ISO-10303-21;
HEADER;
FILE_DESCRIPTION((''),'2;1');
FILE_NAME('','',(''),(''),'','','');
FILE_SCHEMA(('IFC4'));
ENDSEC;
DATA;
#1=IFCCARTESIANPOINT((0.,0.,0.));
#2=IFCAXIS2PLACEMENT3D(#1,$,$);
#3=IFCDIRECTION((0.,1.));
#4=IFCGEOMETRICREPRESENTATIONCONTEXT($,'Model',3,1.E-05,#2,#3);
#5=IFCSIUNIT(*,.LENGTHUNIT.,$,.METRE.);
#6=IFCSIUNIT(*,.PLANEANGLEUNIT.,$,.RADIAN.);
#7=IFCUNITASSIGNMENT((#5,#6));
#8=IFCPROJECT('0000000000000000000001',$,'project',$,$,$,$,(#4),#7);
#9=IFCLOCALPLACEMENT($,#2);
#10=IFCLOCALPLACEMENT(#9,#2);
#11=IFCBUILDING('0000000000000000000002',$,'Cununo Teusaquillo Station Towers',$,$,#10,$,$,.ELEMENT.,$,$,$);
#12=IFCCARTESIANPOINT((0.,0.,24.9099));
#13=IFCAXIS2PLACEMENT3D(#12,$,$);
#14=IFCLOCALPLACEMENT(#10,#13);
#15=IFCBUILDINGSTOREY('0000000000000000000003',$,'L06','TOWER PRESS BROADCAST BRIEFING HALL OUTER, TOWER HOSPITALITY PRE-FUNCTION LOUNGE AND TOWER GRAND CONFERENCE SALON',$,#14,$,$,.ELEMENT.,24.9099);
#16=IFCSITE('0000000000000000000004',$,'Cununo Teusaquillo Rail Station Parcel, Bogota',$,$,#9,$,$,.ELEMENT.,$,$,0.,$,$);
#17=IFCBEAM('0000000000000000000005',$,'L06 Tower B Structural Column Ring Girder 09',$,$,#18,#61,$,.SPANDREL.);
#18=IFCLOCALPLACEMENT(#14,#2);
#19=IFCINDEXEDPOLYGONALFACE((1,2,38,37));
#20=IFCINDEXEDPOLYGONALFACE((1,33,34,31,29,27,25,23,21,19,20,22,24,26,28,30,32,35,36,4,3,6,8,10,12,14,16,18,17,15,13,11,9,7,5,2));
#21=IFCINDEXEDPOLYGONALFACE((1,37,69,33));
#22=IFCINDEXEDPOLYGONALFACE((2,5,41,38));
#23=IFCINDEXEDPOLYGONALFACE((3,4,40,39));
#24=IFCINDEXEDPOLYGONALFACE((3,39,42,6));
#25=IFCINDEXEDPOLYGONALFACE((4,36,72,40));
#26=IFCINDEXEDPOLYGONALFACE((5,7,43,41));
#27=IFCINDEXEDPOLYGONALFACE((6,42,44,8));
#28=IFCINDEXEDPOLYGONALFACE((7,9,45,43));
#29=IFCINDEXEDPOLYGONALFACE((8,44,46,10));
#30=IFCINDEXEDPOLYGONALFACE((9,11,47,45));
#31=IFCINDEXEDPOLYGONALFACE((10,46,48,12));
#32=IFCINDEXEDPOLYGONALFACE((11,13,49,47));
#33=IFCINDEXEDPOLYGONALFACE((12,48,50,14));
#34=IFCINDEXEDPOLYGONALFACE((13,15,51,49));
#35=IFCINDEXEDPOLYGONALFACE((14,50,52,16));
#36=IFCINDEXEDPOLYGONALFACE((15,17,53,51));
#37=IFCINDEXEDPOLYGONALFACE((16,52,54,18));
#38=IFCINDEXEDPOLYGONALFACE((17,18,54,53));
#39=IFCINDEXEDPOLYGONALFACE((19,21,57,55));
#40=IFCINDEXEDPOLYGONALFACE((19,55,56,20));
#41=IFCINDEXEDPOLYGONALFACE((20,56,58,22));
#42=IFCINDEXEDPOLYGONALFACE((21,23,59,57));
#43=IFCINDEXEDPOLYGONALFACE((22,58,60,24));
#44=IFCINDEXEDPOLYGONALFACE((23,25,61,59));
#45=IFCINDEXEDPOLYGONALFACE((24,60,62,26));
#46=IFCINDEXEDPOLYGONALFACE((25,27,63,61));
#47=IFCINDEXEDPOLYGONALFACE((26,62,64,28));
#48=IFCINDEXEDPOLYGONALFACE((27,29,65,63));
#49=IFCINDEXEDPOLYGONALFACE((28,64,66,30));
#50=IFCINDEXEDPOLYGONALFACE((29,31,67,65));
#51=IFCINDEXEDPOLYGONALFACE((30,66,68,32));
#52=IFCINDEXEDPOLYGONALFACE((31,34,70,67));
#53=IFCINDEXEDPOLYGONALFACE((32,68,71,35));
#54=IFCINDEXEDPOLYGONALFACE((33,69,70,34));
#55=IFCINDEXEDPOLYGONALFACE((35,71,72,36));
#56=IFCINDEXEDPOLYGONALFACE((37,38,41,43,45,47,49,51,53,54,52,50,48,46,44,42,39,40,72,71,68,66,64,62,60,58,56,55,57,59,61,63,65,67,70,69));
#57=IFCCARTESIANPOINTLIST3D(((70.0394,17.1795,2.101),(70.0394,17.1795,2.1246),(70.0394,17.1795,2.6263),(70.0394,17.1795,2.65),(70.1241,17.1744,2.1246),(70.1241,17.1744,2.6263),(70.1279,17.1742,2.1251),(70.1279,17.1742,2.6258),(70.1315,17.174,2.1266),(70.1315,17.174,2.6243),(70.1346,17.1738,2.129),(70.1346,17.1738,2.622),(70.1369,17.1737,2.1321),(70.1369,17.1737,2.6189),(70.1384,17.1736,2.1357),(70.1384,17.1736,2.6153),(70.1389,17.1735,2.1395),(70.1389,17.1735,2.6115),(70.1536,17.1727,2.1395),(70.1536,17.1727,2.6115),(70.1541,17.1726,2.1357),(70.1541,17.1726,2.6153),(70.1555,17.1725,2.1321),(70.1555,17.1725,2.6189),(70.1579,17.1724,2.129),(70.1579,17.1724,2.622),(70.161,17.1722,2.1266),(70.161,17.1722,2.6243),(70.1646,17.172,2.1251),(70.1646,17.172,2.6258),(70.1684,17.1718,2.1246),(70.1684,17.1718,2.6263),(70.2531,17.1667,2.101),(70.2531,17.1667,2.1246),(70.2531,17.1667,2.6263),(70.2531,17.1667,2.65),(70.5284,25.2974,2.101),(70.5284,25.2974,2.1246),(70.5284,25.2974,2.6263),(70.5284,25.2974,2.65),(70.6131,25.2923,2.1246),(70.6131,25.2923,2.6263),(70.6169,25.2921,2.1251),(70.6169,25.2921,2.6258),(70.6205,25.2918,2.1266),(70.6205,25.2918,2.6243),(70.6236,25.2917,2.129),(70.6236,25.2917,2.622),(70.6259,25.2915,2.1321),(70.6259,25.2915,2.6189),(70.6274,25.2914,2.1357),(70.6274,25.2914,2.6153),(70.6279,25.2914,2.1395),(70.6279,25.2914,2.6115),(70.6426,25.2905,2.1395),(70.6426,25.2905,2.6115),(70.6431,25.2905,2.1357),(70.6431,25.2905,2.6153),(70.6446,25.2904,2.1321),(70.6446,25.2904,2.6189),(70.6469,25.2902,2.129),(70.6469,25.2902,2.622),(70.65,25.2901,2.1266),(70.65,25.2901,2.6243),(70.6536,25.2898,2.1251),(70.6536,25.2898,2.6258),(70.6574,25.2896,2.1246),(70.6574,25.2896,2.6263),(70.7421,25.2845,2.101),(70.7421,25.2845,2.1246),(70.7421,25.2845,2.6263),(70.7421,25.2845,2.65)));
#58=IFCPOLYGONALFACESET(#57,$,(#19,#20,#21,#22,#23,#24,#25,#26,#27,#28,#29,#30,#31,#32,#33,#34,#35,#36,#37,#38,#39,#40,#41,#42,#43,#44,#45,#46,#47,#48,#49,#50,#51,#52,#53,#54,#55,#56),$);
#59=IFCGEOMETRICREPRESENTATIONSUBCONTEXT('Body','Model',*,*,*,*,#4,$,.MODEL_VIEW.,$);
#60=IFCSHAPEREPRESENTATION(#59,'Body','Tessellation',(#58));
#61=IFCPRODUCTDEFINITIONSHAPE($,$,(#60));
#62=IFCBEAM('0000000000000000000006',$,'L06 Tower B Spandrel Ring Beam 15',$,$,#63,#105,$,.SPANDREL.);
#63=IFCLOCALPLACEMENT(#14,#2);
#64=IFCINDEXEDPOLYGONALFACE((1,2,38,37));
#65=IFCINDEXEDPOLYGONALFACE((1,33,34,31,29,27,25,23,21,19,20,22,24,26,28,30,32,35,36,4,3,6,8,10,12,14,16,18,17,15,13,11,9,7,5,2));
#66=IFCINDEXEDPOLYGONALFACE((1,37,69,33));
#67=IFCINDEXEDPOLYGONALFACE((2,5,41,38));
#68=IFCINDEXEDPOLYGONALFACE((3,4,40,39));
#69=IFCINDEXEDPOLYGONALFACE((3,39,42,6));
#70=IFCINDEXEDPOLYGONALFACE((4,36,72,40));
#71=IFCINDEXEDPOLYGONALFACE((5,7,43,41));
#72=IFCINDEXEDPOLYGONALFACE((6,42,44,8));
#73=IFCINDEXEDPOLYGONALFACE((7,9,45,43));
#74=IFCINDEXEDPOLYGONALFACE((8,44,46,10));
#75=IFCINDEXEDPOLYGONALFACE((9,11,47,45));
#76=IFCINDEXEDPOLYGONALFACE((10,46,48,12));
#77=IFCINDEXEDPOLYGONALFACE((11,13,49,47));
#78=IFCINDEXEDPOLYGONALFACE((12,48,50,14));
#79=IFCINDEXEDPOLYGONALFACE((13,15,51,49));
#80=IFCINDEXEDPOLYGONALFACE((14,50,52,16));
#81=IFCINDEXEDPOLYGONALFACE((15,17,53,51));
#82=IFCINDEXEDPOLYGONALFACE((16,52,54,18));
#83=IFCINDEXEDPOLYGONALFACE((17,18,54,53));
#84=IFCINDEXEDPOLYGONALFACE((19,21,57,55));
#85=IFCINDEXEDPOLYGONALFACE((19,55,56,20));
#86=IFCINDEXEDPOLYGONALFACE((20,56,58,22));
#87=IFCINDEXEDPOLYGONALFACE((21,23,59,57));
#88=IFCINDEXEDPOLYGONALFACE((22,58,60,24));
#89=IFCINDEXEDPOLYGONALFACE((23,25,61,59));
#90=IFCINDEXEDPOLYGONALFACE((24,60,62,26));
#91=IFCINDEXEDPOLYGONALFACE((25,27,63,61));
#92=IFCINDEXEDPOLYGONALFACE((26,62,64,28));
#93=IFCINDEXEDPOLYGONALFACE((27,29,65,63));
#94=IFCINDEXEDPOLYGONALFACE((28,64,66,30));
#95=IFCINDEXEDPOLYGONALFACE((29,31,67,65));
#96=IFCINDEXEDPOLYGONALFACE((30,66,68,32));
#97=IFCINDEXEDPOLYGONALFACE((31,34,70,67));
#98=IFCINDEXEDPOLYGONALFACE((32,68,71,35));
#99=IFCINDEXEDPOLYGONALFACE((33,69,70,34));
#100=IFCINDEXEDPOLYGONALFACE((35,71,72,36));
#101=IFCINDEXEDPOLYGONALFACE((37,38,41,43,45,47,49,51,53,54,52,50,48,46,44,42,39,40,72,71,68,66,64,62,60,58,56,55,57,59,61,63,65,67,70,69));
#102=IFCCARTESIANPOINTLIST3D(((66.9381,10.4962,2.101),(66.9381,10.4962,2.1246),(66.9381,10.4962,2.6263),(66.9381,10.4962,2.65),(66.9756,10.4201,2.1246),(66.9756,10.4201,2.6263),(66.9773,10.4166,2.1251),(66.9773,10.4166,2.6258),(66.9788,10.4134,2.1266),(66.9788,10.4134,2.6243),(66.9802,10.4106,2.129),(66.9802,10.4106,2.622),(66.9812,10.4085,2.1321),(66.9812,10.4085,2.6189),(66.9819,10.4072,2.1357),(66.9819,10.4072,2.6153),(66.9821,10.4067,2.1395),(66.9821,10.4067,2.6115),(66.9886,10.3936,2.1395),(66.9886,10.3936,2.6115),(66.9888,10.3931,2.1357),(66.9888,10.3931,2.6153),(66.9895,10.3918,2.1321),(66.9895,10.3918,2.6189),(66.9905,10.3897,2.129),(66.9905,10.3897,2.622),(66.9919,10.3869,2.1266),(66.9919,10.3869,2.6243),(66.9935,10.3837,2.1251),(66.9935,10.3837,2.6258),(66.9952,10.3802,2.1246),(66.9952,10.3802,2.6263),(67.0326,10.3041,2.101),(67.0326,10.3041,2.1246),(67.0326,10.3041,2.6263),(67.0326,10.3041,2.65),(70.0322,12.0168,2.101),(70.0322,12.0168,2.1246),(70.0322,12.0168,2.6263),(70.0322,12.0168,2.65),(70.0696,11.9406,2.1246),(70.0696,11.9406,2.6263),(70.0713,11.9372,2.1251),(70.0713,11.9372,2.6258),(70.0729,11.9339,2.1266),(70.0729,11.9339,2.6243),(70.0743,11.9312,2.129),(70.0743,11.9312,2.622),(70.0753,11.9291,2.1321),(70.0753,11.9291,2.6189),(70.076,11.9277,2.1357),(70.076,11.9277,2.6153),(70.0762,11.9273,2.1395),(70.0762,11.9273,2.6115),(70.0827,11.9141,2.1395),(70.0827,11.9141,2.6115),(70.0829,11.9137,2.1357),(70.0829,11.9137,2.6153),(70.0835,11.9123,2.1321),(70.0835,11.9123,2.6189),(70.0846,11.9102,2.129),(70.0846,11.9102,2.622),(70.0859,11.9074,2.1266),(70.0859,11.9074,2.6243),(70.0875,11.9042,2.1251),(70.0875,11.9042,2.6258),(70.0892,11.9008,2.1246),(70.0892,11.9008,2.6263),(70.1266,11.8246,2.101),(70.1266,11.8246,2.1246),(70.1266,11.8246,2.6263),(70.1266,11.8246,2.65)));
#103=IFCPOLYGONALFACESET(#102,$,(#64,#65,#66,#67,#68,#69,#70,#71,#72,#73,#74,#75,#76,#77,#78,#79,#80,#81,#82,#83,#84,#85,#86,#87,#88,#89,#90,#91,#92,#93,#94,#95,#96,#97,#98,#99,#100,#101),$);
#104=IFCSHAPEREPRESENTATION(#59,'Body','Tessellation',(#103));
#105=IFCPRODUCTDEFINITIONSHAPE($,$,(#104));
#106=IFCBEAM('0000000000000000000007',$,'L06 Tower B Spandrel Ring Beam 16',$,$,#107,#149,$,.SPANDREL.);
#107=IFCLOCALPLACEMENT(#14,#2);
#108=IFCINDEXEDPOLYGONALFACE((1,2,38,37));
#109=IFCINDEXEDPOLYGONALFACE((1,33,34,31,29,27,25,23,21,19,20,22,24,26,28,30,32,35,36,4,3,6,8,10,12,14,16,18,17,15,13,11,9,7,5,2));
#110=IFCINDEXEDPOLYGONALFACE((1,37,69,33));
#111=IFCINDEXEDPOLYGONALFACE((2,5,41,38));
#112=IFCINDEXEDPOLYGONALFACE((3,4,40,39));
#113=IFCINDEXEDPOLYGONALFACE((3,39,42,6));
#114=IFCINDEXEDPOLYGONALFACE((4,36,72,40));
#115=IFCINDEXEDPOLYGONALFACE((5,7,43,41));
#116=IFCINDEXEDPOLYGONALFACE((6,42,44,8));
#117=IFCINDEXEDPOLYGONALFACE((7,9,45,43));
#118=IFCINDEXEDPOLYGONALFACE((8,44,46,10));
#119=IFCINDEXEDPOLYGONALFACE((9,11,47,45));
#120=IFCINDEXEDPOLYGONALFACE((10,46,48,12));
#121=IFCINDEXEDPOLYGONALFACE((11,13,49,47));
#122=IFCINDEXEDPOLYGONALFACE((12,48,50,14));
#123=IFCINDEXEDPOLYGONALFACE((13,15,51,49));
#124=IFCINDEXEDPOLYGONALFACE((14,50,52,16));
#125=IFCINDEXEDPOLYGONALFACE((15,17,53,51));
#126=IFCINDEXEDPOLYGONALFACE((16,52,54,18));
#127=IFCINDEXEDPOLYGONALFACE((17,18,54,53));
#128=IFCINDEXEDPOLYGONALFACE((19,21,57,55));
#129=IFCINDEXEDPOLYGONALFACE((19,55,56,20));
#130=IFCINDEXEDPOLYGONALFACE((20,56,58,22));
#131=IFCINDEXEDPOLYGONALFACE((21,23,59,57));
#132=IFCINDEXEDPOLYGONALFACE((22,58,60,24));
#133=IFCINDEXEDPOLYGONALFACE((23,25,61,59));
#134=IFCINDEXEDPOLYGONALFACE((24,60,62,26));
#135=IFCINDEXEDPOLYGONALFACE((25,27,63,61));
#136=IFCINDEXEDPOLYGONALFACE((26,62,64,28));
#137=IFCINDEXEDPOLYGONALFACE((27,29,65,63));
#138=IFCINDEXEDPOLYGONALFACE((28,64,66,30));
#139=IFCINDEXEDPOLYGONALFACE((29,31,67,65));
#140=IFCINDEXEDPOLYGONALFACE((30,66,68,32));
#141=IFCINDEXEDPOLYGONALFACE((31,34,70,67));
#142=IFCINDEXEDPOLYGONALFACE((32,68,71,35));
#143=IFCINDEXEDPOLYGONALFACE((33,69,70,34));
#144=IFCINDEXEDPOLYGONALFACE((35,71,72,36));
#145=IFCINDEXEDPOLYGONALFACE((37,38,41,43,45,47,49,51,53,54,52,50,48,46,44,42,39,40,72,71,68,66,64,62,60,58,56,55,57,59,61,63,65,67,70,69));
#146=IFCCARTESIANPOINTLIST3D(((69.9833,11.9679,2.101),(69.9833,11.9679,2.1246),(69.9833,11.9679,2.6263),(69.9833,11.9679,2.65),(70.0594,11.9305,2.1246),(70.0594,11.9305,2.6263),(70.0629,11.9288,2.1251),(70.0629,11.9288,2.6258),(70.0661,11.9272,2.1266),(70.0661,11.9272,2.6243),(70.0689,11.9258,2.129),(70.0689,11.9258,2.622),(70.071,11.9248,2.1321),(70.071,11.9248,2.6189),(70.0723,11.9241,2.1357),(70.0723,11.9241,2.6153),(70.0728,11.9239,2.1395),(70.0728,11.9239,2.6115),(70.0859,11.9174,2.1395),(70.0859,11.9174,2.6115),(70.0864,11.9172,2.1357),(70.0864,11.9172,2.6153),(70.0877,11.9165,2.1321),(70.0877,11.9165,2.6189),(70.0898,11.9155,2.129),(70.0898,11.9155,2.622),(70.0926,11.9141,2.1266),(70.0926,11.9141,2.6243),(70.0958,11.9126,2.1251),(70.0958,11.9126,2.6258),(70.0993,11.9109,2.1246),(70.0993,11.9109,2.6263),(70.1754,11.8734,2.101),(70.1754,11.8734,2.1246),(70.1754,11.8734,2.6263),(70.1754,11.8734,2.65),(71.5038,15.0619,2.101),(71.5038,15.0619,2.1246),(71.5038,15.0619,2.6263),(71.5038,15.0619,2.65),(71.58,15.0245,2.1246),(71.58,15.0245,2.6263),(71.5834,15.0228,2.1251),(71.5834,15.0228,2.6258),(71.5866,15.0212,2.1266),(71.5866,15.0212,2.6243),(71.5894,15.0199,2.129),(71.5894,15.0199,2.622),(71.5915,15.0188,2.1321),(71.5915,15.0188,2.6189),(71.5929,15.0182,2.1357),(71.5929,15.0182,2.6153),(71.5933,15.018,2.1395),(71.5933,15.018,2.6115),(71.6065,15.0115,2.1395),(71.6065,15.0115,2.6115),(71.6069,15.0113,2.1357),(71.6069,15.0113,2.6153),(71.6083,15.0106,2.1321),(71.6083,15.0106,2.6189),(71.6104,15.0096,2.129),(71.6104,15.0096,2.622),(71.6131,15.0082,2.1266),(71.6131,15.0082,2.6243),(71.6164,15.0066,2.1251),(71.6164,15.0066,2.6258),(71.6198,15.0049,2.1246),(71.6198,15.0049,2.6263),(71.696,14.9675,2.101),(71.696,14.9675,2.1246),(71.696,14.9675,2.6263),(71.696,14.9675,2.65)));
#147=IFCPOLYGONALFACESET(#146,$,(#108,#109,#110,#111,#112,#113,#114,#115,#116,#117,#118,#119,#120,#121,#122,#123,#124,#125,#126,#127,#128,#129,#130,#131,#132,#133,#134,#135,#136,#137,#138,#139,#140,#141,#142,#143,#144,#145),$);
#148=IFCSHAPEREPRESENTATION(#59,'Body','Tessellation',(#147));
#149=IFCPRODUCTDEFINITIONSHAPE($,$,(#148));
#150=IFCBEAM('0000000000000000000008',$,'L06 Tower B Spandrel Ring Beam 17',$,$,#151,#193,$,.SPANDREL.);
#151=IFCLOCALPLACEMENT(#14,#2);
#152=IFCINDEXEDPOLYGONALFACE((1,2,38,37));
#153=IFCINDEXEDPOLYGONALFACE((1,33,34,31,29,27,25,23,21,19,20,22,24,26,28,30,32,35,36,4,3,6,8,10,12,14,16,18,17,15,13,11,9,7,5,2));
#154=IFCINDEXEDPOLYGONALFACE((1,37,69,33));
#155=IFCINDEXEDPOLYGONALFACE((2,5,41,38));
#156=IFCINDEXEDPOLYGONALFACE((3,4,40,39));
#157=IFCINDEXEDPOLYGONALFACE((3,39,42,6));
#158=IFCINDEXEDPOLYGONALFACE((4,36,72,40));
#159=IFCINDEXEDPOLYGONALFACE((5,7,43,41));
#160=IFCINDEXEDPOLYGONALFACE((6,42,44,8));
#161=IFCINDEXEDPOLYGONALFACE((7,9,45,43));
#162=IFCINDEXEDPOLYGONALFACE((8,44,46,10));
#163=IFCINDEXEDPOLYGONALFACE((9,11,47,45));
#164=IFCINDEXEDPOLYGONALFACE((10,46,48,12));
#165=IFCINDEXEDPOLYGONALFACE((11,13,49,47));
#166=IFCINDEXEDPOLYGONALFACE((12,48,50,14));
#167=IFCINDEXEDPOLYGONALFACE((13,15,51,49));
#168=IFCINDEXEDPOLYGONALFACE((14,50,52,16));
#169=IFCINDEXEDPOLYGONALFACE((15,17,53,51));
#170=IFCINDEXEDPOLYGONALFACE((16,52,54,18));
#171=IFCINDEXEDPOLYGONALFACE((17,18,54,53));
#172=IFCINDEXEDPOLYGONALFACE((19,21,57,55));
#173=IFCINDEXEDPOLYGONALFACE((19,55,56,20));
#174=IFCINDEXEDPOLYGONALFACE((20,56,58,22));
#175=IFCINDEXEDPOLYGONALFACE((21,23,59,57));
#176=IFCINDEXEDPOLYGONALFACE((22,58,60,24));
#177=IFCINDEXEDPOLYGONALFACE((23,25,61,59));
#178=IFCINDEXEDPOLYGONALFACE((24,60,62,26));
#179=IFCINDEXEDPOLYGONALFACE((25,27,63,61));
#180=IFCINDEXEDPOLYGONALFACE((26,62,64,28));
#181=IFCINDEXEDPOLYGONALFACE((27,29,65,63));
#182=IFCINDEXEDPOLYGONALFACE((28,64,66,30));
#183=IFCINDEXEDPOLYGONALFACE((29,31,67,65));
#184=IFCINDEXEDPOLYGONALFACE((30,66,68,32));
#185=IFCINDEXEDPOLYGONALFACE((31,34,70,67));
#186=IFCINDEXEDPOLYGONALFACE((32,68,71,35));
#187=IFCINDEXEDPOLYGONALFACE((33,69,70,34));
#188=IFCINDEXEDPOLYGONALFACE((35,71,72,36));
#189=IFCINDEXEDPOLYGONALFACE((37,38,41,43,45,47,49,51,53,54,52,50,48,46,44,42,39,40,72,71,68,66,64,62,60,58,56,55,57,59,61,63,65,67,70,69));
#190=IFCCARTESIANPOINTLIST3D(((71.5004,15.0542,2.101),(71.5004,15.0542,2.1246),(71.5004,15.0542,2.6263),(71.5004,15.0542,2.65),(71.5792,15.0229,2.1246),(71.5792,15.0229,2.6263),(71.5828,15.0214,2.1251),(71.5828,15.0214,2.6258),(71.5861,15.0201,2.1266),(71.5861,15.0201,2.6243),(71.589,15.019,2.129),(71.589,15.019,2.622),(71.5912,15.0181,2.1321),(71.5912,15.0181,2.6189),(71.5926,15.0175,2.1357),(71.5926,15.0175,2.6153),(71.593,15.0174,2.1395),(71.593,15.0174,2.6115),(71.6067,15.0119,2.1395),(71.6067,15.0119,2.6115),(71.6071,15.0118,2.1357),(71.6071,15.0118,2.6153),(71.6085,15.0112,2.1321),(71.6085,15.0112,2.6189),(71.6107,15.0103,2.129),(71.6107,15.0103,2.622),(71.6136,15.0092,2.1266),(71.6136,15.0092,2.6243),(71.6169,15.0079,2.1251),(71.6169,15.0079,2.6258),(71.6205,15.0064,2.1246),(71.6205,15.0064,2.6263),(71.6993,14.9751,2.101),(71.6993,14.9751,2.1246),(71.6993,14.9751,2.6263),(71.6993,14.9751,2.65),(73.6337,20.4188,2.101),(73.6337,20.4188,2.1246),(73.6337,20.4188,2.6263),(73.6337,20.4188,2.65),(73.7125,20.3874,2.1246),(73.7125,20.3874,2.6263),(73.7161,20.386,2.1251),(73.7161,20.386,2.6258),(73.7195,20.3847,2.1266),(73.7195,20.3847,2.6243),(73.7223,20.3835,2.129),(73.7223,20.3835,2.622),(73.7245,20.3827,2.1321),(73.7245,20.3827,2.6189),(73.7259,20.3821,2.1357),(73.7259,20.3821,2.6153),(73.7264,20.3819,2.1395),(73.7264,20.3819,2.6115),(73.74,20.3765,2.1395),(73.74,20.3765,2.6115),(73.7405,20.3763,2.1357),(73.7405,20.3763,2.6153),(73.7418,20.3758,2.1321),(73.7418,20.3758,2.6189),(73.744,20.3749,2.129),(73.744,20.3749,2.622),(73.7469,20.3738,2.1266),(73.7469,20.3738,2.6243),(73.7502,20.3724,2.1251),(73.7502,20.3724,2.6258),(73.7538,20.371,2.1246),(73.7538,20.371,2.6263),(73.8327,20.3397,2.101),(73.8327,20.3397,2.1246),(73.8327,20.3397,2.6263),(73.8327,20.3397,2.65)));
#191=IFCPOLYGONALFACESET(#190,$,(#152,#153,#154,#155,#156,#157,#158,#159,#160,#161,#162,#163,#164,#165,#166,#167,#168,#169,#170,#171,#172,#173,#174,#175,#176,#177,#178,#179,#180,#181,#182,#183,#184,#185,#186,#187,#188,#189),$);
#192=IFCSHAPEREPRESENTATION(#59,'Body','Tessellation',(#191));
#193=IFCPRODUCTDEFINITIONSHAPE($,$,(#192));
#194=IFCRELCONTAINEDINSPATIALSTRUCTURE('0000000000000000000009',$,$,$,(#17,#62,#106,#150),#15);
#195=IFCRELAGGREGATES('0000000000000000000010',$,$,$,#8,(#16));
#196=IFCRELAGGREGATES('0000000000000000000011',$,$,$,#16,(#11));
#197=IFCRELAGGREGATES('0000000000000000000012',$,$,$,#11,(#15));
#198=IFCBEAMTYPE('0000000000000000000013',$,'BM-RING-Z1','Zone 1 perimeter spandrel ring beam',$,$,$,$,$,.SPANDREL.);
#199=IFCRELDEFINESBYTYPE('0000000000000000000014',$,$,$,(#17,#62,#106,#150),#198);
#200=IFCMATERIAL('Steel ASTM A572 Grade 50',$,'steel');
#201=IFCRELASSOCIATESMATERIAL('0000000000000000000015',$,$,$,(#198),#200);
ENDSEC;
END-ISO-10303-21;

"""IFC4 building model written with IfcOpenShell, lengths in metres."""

from ifc_helpers import new_model, si_unit, direction, frame, origin, origin_2d, place, context, subcontext, project, spatial, i_section, extrude, material, material_profile, profile_set, type_object, element, save


model = new_model("IFC4")

# Units and contexts
model_context = context("Model", 3, precision=1e-05, world=origin(), true_north=direction((0.0, 1.0)))
body_context = subcontext(model_context, "Body", "Model", "MODEL_VIEW")
ifc_project = project(units=[si_unit("LENGTHUNIT", "METRE"), si_unit("PLANEANGLEUNIT", "RADIAN")], contexts=[model_context])

# Site, building, storey
site_placement = place(None, origin())
site = spatial("IfcSite", under=ifc_project, at=site_placement, Name="Cununo Teusaquillo Rail Station Parcel, Bogota", CompositionType="ELEMENT", RefElevation=0.0)
building_placement = place(site_placement, origin())
building = spatial("IfcBuilding", under=site, at=building_placement, Name="Cununo Teusaquillo Station Towers", CompositionType="ELEMENT")
storey_placement = place(building_placement, frame((0.0, 0.0, 24.9099)))
storey = spatial("IfcBuildingStorey", under=building, at=storey_placement, Name="L06", Description="TOWER PRESS BROADCAST BRIEFING HALL OUTER, TOWER HOSPITALITY PRE-FUNCTION LOUNGE AND TOWER GRAND CONFERENCE SALON", CompositionType="ELEMENT", Elevation=24.9099)

# Beams
ifc_material_1 = material(Name="Steel ASTM A572 Grade 50", Category="steel")
ifc_material_profile_1 = material_profile(ifc_material_1, i_section(OverallWidth=0.2141, OverallDepth=0.5491, WebThickness=0.0146, FlangeThickness=0.0237, FilletRadius=0.0149, at=origin_2d()), Name="W21X93")
ifc_profile_set_1 = profile_set([ifc_material_profile_1], Name="Steel ASTM A572 Grade 50")
beam_type_1 = type_object("IfcBeamType", Name="BM-RING-Z1", Description="Zone 1 perimeter spandrel ring beam", PredefinedType="SPANDREL", material=ifc_profile_set_1)
beam_1_placement = place(storey_placement, frame((70.1462, 17.1731, 2.3755), z_axis=(0.06013, 0.998191, 0.0), x_axis=(-0.998191, 0.06013, 0.0)))
element("IfcBeam", 1, at=beam_1_placement, inside=storey, type_object=beam_type_1, Name="L06 Tower B Structural Column Ring Girder 09", PredefinedType="SPANDREL", context=body_context, shape_type="SweptSolid", body=[
    extrude(i_section(OverallWidth=0.2141, OverallDepth=0.5491, WebThickness=0.0146, FlangeThickness=0.0237, FilletRadius=0.0149, at=origin_2d()), origin(), (0.0, 0.0, 1.0), 8.1326),
])
for number, where, z_axis, x_axis, name in (
    (2, (66.9854, 10.4001, 2.3755), (0.89748, 0.441056, 0.0), (-0.441056, 0.89748, 0.0), "L06 Tower B Spandrel Ring Beam 15"),
    (3, (70.0793, 11.9207, 2.3755), (0.441056, 0.89748, 0.0), (-0.89748, 0.441056, 0.0), "L06 Tower B Spandrel Ring Beam 16"),
):
    element("IfcBeam", number, at=place(storey_placement, frame(where, z_axis=z_axis, x_axis=x_axis)), inside=storey, type_object=beam_type_1, Name=name, PredefinedType="SPANDREL", context=body_context, shape_type="SweptSolid", body=[
        extrude(i_section(OverallWidth=0.2141, OverallDepth=0.5491, WebThickness=0.0146, FlangeThickness=0.0237, FilletRadius=0.0149, at=origin_2d()), origin(), (0.0, 0.0, 1.0), 3.4475),
    ])
beam_2_placement = place(storey_placement, frame((71.5999, 15.0146, 2.3755), z_axis=(0.369523, 0.929221, 0.0), x_axis=(-0.929221, 0.369523, 0.0)))
element("IfcBeam", 4, at=beam_2_placement, inside=storey, type_object=beam_type_1, Name="L06 Tower B Spandrel Ring Beam 17", PredefinedType="SPANDREL", context=body_context, shape_type="SweptSolid", body=[
    extrude(i_section(OverallWidth=0.2141, OverallDepth=0.5491, WebThickness=0.0146, FlangeThickness=0.0237, FilletRadius=0.0149, at=origin_2d()), origin(), (0.0, 0.0, 1.0), 5.7732),
])

save(model, "model.ifc")
